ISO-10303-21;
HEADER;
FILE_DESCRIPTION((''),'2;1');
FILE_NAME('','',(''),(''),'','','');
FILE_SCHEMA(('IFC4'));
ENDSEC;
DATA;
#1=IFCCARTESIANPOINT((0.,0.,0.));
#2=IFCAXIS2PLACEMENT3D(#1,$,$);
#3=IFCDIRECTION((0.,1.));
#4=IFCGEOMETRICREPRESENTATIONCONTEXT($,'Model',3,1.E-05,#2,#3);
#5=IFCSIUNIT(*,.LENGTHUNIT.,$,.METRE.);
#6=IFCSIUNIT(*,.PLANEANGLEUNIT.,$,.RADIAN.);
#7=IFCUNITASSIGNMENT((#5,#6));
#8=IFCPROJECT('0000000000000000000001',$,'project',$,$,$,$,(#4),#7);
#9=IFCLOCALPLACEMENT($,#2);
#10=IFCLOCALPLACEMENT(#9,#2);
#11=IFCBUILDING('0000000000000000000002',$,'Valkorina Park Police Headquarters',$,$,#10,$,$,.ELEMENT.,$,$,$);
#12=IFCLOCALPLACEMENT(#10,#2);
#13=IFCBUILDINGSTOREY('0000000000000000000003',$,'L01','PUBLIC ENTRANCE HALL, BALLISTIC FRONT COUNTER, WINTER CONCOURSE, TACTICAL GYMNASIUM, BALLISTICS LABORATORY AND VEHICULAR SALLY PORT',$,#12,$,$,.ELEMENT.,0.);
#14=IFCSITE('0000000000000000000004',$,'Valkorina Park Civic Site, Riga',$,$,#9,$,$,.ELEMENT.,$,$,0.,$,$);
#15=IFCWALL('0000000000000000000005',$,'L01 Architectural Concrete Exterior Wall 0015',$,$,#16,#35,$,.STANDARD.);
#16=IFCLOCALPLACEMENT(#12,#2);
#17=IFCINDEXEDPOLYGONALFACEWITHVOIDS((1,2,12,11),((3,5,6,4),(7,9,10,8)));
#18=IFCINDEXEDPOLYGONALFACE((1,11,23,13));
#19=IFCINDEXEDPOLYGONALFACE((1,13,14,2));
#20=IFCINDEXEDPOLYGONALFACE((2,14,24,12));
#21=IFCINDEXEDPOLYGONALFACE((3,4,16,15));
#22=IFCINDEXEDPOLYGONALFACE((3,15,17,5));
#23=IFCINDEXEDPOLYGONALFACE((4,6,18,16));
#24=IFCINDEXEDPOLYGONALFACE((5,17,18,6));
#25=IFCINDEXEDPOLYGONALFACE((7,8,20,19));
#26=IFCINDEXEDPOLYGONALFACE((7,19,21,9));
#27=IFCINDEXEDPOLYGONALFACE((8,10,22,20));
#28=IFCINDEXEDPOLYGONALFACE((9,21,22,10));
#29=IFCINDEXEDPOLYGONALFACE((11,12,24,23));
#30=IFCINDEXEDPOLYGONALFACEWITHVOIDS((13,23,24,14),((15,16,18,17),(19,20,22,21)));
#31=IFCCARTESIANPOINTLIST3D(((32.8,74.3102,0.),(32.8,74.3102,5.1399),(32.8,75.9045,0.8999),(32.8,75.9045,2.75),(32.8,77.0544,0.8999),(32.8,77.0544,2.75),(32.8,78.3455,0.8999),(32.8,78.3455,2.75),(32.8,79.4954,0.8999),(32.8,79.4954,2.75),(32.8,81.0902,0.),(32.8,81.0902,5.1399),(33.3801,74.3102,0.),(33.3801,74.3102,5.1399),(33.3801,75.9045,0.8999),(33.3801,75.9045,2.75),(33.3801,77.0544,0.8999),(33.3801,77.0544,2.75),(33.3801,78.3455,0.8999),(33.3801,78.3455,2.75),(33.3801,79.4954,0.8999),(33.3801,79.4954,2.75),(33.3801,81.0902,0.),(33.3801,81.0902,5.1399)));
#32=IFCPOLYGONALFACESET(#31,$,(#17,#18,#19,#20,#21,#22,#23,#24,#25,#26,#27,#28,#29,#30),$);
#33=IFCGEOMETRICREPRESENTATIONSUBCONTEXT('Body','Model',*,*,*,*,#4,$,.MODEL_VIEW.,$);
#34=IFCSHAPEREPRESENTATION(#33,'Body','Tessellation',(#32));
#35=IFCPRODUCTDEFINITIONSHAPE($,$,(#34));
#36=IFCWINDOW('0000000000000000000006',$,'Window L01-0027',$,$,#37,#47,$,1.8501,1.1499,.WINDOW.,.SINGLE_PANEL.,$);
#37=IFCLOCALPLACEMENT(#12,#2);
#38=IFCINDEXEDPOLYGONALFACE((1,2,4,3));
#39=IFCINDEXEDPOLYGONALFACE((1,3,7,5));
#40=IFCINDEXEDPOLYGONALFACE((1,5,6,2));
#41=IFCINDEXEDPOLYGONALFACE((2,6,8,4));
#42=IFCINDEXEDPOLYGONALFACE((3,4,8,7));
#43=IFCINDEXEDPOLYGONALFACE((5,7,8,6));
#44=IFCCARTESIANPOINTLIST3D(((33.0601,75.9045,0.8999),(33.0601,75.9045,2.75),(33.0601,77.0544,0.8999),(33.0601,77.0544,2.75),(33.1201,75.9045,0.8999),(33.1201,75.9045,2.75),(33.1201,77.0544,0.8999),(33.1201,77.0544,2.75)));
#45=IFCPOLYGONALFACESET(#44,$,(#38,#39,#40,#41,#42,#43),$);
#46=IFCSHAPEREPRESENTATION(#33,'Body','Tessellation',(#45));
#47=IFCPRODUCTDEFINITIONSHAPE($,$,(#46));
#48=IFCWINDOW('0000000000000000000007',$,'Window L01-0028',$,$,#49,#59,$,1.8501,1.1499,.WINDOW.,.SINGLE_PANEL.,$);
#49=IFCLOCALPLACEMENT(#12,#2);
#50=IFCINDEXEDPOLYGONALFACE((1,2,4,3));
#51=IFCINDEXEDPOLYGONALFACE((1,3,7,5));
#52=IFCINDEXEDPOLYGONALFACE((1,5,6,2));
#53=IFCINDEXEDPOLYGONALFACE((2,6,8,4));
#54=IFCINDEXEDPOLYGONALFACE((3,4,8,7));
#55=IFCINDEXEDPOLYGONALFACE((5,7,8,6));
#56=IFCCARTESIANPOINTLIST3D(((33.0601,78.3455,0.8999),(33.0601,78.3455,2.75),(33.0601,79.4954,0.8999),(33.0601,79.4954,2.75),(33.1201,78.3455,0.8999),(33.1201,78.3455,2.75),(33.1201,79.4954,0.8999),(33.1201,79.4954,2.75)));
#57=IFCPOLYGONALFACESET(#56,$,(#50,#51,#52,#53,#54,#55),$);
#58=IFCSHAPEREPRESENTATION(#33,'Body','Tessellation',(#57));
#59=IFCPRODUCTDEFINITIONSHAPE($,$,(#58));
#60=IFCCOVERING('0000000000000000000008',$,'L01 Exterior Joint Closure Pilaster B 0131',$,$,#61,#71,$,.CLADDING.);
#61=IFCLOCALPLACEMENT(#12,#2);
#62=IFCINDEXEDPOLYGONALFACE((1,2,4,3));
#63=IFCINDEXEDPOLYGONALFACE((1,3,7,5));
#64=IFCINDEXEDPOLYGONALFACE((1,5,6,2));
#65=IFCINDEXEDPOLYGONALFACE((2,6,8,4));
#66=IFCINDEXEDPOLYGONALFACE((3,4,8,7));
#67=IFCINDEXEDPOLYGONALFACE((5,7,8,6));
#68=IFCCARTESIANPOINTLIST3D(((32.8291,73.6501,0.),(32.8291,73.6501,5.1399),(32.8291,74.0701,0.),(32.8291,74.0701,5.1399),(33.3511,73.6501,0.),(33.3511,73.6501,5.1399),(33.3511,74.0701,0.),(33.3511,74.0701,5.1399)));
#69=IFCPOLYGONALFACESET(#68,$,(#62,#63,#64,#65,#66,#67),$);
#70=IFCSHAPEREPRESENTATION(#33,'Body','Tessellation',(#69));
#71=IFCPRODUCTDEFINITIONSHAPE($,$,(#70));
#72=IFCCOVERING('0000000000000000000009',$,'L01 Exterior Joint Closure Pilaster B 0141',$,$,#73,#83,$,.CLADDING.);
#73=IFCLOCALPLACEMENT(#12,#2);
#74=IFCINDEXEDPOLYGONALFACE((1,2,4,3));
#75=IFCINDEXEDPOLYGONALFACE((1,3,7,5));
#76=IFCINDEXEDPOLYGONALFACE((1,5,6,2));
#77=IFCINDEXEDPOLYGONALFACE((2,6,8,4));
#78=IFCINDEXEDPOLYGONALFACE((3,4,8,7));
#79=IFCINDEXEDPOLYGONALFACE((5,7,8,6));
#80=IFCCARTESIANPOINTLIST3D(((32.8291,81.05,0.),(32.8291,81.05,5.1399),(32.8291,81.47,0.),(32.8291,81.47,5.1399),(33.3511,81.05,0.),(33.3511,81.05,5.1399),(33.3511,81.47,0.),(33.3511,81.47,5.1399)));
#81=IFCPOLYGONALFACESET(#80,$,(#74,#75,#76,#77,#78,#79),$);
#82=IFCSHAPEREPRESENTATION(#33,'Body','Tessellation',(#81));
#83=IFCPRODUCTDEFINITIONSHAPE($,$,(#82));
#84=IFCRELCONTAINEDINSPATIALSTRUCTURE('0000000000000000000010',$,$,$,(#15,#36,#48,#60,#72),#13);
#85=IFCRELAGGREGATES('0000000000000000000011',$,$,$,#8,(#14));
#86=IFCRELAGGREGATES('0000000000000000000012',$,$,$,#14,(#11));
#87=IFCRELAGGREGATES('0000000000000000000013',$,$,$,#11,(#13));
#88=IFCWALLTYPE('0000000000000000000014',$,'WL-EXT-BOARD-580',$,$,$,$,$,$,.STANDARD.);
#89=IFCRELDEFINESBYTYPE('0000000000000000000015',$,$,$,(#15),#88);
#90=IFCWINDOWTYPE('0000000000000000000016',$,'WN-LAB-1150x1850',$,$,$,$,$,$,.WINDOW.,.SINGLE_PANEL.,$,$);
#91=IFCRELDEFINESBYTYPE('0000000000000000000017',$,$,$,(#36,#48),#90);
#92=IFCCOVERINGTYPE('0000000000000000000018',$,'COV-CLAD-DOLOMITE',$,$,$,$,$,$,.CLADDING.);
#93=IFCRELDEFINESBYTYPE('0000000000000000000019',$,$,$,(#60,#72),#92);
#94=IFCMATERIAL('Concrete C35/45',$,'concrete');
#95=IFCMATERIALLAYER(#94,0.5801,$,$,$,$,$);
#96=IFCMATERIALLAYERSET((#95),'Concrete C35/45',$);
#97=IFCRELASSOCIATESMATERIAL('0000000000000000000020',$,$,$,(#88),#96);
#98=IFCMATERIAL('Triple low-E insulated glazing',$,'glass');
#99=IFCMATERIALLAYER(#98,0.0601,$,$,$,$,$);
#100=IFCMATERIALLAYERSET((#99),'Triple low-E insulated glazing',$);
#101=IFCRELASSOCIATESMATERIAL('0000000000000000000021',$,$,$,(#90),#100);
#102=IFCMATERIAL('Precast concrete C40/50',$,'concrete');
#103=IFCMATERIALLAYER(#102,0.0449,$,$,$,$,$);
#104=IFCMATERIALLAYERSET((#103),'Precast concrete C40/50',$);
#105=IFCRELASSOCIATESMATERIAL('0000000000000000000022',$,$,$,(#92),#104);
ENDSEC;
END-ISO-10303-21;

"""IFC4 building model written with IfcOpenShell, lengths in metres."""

from ifc_helpers import new_model, si_unit, direction, frame, frame_2d, origin, origin_2d, place, context, subcontext, project, spatial, rectangle, extrude, material, layer, layer_set, type_object, element, fill, save


model = new_model("IFC4")

# Units and contexts
model_context = context("Model", 3, precision=1e-05, world=origin(), true_north=direction((0.0, 1.0)))
body_context = subcontext(model_context, "Body", "Model", "MODEL_VIEW")
ifc_project = project(units=[si_unit("LENGTHUNIT", "METRE"), si_unit("PLANEANGLEUNIT", "RADIAN")], contexts=[model_context])

# Site, building, storey
site_placement = place(None, origin())
site = spatial("IfcSite", under=ifc_project, at=site_placement, Name="Valkorina Park Civic Site, Riga", CompositionType="ELEMENT", RefElevation=0.0)
building_placement = place(site_placement, origin())
building = spatial("IfcBuilding", under=site, at=building_placement, Name="Valkorina Park Police Headquarters", CompositionType="ELEMENT")
storey_placement = place(building_placement, origin())
storey = spatial("IfcBuildingStorey", under=building, at=storey_placement, Name="L01", Description="PUBLIC ENTRANCE HALL, BALLISTIC FRONT COUNTER, WINTER CONCOURSE, TACTICAL GYMNASIUM, BALLISTICS LABORATORY AND VEHICULAR SALLY PORT", CompositionType="ELEMENT", Elevation=0.0)

# Wall, openings, windows
ifc_material_1 = material(Name="Concrete C35/45", Category="concrete")
ifc_layer_1 = layer(ifc_material_1, 0.5801)
ifc_layer_set_1 = layer_set([ifc_layer_1], Name="Concrete C35/45")
wall_type = type_object("IfcWallType", Name="WL-EXT-BOARD-580", PredefinedType="STANDARD", material=ifc_layer_set_1)
ifc_material_2 = material(Name="Triple low-E insulated glazing", Category="glass")
wall_1_placement = place(storey_placement, frame((33.0901, 74.3101, 0.0), z_axis=(0.0, 0.0, 1.0), x_axis=(0.0, 1.0, 0.0)))
wall_1 = element("IfcWall", 1, at=wall_1_placement, inside=storey, type_object=wall_type, Name="L01 Architectural Concrete Exterior Wall 0015", PredefinedType="STANDARD", context=body_context, shape_type="SweptSolid", body=[
    extrude(rectangle(XDim=6.78, YDim=0.5801, at=frame_2d((3.3901, 0.0))), origin(), (0.0, 0.0, 1.0), 5.1399),
])
opening_1_placement = place(wall_1_placement, frame((1.5945, 0.0, 0.8999)))
opening_1 = element("IfcOpeningElement", 2, at=opening_1_placement, cuts=wall_1, PredefinedType="OPENING", context=body_context, shape_type="SweptSolid", body=[
    extrude(rectangle(XDim=1.1499, YDim=1.8501, at=frame_2d((0.575, 0.925))), frame((0.0, 0.3, 0.0), z_axis=(0.0, -1.0, 0.0), x_axis=(1.0, 0.0, 0.0)), (0.0, 0.0, 1.0), 0.6001),
])
opening_2_placement = place(wall_1_placement, frame((4.0354, 0.0, 0.8999)))
opening_2 = element("IfcOpeningElement", 3, at=opening_2_placement, cuts=wall_1, PredefinedType="OPENING", context=body_context, shape_type="SweptSolid", body=[
    extrude(rectangle(XDim=1.1499, YDim=1.8501, at=frame_2d((0.575, 0.925))), frame((0.0, 0.3, 0.0), z_axis=(0.0, -1.0, 0.0), x_axis=(1.0, 0.0, 0.0)), (0.0, 0.0, 1.0), 0.6001),
])
ifc_layer_2 = layer(ifc_material_2, 0.0601)
ifc_layer_set_2 = layer_set([ifc_layer_2], Name="Triple low-E insulated glazing")
window_type_1 = type_object("IfcWindowType", Name="WN-LAB-1150x1850", PartitioningType="SINGLE_PANEL", PredefinedType="WINDOW", material=ifc_layer_set_2)
window_1_placement = place(opening_1_placement, origin())
window_1 = element("IfcWindow", 4, at=window_1_placement, inside=storey, type_object=window_type_1, Name="Window L01-0027", OverallHeight=1.8501, OverallWidth=1.1499, PartitioningType="SINGLE_PANEL", PredefinedType="WINDOW", context=body_context, shape_type="SweptSolid", body=[
    extrude(rectangle(XDim=1.1499, YDim=1.8501, at=frame_2d((0.575, 0.925))), frame((0.0, 0.03, 0.0), z_axis=(0.0, -1.0, 0.0), x_axis=(1.0, 0.0, 0.0)), (0.0, 0.0, 1.0), 0.0601),
])
fill(opening_1, window_1)
window_2_placement = place(opening_2_placement, origin())
window_2 = element("IfcWindow", 5, at=window_2_placement, inside=storey, type_object=window_type_1, Name="Window L01-0028", OverallHeight=1.8501, OverallWidth=1.1499, PartitioningType="SINGLE_PANEL", PredefinedType="WINDOW", context=body_context, shape_type="SweptSolid", body=[
    extrude(rectangle(XDim=1.1499, YDim=1.8501, at=frame_2d((0.575, 0.925))), frame((0.0, 0.03, 0.0), z_axis=(0.0, -1.0, 0.0), x_axis=(1.0, 0.0, 0.0)), (0.0, 0.0, 1.0), 0.0601),
])
fill(opening_2, window_2)

# Coverings
ifc_material_3 = material(Name="Precast concrete C40/50", Category="concrete")
ifc_layer_3 = layer(ifc_material_3, 0.0449)
ifc_layer_set_3 = layer_set([ifc_layer_3], Name="Precast concrete C40/50")
covering_type = type_object("IfcCoveringType", Name="COV-CLAD-DOLOMITE", PredefinedType="CLADDING", material=ifc_layer_set_3)
for number, where, z_axis, x_axis, name in (
    (6, (33.0901, 73.8601, 0.0), (0.0, 0.0, 1.0), (0.0, 1.0, 0.0), "L01 Exterior Joint Closure Pilaster B 0131"),
    (7, (33.0901, 81.26, 0.0), (0.0, 0.0, 1.0), (0.0, 1.0, 0.0), "L01 Exterior Joint Closure Pilaster B 0141"),
):
    element("IfcCovering", number, at=place(storey_placement, frame(where, z_axis=z_axis, x_axis=x_axis)), inside=storey, type_object=covering_type, Name=name, PredefinedType="CLADDING", context=body_context, shape_type="SweptSolid", body=[
        extrude(rectangle(XDim=0.4199, YDim=0.522, at=origin_2d()), origin(), (0.0, 0.0, 1.0), 5.1399),
    ])

save(model, "model.ifc")
